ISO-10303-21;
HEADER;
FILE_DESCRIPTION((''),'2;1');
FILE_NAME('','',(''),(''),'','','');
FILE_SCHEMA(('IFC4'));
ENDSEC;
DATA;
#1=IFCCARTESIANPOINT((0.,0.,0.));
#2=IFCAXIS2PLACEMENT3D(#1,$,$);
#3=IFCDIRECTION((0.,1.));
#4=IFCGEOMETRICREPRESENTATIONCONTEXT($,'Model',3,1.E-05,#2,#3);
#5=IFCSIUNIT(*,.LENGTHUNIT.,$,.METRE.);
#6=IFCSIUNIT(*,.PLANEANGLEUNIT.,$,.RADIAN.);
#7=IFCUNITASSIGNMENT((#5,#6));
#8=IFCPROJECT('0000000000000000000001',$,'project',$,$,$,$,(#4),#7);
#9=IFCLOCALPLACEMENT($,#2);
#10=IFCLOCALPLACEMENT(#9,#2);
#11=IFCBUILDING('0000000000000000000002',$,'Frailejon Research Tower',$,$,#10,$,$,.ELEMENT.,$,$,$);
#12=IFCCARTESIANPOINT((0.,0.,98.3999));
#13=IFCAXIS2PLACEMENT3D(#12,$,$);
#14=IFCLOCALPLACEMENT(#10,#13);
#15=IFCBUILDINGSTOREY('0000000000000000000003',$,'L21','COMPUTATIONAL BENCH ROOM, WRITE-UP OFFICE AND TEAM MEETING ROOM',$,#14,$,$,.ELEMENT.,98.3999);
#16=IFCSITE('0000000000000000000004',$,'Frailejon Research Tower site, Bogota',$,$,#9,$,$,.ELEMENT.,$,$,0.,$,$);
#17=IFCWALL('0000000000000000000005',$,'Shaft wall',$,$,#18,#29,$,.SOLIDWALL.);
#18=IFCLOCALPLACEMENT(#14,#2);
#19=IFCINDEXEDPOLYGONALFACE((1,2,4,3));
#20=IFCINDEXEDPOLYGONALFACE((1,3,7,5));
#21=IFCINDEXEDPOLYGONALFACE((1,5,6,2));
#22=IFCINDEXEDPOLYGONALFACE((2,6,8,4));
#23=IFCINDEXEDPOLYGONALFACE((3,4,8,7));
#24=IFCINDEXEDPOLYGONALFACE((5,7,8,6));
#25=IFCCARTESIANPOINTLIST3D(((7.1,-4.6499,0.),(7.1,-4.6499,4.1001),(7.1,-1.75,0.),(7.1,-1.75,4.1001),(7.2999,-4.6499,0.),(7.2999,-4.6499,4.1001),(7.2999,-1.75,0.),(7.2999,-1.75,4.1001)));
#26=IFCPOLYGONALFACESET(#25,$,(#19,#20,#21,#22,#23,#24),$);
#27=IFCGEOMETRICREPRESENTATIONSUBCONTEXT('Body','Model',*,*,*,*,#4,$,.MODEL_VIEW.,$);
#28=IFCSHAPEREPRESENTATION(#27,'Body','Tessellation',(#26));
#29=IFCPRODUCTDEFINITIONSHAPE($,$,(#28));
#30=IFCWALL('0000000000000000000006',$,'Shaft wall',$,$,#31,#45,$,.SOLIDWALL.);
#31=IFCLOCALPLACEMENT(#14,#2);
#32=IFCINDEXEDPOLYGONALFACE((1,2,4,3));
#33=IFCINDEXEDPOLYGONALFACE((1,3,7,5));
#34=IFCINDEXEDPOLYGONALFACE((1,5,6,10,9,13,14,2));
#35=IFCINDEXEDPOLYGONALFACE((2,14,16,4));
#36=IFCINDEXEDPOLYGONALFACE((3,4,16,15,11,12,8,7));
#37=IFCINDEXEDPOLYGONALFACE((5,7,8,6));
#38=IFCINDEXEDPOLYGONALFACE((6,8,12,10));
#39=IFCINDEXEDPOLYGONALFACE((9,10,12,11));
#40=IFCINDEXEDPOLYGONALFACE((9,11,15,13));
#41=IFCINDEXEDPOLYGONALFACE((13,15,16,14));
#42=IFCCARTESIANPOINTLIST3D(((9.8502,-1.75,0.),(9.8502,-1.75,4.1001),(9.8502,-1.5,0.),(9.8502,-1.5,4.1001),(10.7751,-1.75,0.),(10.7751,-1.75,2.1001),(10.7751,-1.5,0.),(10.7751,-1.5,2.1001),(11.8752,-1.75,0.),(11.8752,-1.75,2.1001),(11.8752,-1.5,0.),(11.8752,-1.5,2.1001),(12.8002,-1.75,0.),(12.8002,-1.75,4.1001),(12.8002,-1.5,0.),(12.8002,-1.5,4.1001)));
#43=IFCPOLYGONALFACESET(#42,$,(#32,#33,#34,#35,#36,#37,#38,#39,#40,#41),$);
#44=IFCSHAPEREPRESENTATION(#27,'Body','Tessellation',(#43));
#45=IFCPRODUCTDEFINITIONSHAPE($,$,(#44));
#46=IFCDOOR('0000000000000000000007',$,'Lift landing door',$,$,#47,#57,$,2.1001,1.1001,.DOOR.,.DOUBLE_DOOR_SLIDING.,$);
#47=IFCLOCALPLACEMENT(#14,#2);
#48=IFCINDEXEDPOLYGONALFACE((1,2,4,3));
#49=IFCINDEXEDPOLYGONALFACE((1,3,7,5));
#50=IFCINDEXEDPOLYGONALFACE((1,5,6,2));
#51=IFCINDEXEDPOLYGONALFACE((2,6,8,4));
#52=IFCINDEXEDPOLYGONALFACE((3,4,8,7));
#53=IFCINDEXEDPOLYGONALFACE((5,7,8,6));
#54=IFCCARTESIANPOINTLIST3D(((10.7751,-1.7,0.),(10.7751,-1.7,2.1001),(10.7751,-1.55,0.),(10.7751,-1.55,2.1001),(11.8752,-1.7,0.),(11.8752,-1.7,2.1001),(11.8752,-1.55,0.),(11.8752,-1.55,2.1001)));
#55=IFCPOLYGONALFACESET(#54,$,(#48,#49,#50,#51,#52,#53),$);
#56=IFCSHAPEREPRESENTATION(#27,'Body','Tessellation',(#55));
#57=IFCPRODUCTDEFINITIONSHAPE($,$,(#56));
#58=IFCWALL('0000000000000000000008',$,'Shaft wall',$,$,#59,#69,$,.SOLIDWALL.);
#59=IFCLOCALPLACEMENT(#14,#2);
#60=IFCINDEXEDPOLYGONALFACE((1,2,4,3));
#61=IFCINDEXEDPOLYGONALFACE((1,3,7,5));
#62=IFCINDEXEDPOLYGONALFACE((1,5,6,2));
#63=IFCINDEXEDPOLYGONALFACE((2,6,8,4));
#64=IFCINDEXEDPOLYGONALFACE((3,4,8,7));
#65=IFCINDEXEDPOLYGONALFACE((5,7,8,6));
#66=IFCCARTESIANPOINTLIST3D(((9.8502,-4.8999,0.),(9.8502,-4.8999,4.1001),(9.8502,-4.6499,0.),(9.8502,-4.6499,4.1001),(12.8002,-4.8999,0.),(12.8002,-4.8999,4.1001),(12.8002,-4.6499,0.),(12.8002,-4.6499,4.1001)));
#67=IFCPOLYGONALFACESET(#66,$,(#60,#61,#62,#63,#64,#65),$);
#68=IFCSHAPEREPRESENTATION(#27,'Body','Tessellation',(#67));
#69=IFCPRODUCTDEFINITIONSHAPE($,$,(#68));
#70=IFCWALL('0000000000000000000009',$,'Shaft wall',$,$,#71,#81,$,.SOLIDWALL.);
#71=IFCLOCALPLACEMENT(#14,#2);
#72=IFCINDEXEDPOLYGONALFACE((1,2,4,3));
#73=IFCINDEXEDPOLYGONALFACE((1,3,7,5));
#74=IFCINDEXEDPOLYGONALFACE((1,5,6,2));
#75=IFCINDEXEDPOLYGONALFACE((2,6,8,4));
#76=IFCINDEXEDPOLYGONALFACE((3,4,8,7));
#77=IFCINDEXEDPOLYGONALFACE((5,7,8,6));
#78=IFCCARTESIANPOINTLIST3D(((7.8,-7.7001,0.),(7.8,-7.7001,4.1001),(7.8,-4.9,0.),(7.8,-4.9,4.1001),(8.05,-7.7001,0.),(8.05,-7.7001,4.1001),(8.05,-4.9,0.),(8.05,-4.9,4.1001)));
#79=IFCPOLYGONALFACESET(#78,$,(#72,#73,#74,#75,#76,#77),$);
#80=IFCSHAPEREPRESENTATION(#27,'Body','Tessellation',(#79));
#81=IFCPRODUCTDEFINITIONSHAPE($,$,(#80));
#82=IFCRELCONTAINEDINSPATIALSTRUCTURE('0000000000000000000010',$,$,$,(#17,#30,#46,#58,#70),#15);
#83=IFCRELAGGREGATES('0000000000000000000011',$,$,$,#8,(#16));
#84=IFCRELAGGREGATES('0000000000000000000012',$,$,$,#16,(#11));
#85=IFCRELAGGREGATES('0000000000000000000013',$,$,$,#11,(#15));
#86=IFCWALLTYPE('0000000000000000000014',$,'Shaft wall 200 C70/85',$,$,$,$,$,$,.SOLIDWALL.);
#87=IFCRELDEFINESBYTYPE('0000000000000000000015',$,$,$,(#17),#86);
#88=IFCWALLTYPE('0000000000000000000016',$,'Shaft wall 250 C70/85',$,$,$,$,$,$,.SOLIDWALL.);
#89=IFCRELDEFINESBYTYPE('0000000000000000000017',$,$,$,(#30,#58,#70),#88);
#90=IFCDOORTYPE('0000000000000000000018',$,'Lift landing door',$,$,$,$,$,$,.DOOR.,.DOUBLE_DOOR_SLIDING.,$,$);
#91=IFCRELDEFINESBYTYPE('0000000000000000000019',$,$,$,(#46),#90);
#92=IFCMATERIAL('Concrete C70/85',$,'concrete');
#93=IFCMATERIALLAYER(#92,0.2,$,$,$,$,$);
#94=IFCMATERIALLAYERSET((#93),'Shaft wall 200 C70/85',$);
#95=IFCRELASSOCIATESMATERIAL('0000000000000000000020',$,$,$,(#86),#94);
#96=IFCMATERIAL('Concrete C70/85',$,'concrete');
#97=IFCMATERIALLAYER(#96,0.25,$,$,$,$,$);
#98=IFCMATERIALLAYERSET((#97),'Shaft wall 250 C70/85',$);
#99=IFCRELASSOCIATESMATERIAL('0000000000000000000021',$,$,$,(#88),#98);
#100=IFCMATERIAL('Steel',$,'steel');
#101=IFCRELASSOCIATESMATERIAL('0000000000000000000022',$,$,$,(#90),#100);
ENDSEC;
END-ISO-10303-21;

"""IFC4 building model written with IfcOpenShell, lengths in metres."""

from ifc_helpers import new_model, si_unit, direction, frame, frame_2d, origin, place, context, subcontext, project, spatial, rectangle, extrude, material, layer, layer_set, type_object, element, fill, save


model = new_model("IFC4")

# Units and contexts
model_context = context("Model", 3, precision=1e-05, world=origin(), true_north=direction((0.0, 1.0)))
body_context = subcontext(model_context, "Body", "Model", "MODEL_VIEW")
ifc_project = project(units=[si_unit("LENGTHUNIT", "METRE"), si_unit("PLANEANGLEUNIT", "RADIAN")], contexts=[model_context])

# Site, building, storey
site_placement = place(None, origin())
site = spatial("IfcSite", under=ifc_project, at=site_placement, Name="Frailejon Research Tower site, Bogota", CompositionType="ELEMENT", RefElevation=0.0)
building_placement = place(site_placement, origin())
building = spatial("IfcBuilding", under=site, at=building_placement, Name="Frailejon Research Tower", CompositionType="ELEMENT")
storey_placement = place(building_placement, frame((0.0, 0.0, 98.3999)))
storey = spatial("IfcBuildingStorey", under=building, at=storey_placement, Name="L21", Description="COMPUTATIONAL BENCH ROOM, WRITE-UP OFFICE AND TEAM MEETING ROOM", CompositionType="ELEMENT", Elevation=98.3999)

# Wall
ifc_material_1 = material(Name="Concrete C70/85", Category="concrete")
ifc_layer_1 = layer(ifc_material_1, 0.2)
ifc_layer_set_1 = layer_set([ifc_layer_1], Name="Shaft wall 200 C70/85")
wall_type_1 = type_object("IfcWallType", Name="Shaft wall 200 C70/85", PredefinedType="SOLIDWALL", material=ifc_layer_set_1)
for number, where, z_axis, x_axis, name in (
    (1, (7.2, -4.6499, 0.0), (0.0, 0.0, 1.0), (0.0, 1.0, 0.0), "Shaft wall"),
):
    element("IfcWall", number, at=place(storey_placement, frame(where, z_axis=z_axis, x_axis=x_axis)), inside=storey, type_object=wall_type_1, Name=name, PredefinedType="SOLIDWALL", context=body_context, shape_type="SweptSolid", body=[
        extrude(rectangle(XDim=2.8999, YDim=0.2, at=frame_2d((1.45, 0.0))), origin(), (0.0, 0.0, 1.0), 4.1001),
    ])

# Wall, opening, door
ifc_material_2 = material(Name="Concrete C70/85", Category="concrete")
ifc_layer_2 = layer(ifc_material_2, 0.25)
ifc_layer_set_2 = layer_set([ifc_layer_2], Name="Shaft wall 250 C70/85")
wall_type_2 = type_object("IfcWallType", Name="Shaft wall 250 C70/85", PredefinedType="SOLIDWALL", material=ifc_layer_set_2)
wall_1_placement = place(storey_placement, frame((9.8501, -1.625, 0.0), z_axis=(0.0, 0.0, 1.0), x_axis=(1.0, 0.0, 0.0)))
wall_1 = element("IfcWall", 2, at=wall_1_placement, inside=storey, type_object=wall_type_2, Name="Shaft wall", PredefinedType="SOLIDWALL", context=body_context, shape_type="SweptSolid", body=[
    extrude(rectangle(XDim=2.95, YDim=0.25, at=frame_2d((1.4751, 0.0))), origin(), (0.0, 0.0, 1.0), 4.1001),
])
opening_1_placement = place(wall_1_placement, frame((0.925, 0.0, 0.0)))
opening_1 = element("IfcOpeningElement", 3, at=opening_1_placement, cuts=wall_1, PredefinedType="OPENING", context=body_context, shape_type="SweptSolid", body=[
    extrude(rectangle(XDim=1.1001, YDim=2.1001, at=frame_2d((0.55, 1.05))), frame((0.0, 0.135, 0.0), z_axis=(0.0, -1.0, 0.0), x_axis=(1.0, 0.0, 0.0)), (0.0, 0.0, 1.0), 0.27),
])
ifc_material_3 = material(Name="Steel", Category="steel")
door_type_1 = type_object("IfcDoorType", Name="Lift landing door", OperationType="DOUBLE_DOOR_SLIDING", PredefinedType="DOOR", material=ifc_material_3)
door_1_placement = place(opening_1_placement, origin())
door_1 = element("IfcDoor", 4, at=door_1_placement, inside=storey, type_object=door_type_1, Name="Lift landing door", OperationType="DOUBLE_DOOR_SLIDING", OverallHeight=2.1001, OverallWidth=1.1001, PredefinedType="DOOR", context=body_context, shape_type="SweptSolid", body=[
    extrude(rectangle(XDim=1.1001, YDim=2.1001, at=frame_2d((0.55, 1.05))), frame((0.0, 0.075, 0.0), z_axis=(0.0, -1.0, 0.0), x_axis=(1.0, 0.0, 0.0)), (0.0, 0.0, 1.0), 0.1499),
])
fill(opening_1, door_1)

# Walls
wall_2_placement = place(storey_placement, frame((9.8501, -4.7749, 0.0), z_axis=(0.0, 0.0, 1.0), x_axis=(1.0, 0.0, 0.0)))
element("IfcWall", 5, at=wall_2_placement, inside=storey, type_object=wall_type_2, Name="Shaft wall", PredefinedType="SOLIDWALL", context=body_context, shape_type="SweptSolid", body=[
    extrude(rectangle(XDim=2.95, YDim=0.25, at=frame_2d((1.4751, 0.0))), origin(), (0.0, 0.0, 1.0), 4.1001),
])
wall_3_placement = place(storey_placement, frame((7.925, -7.7, 0.0), z_axis=(0.0, 0.0, 1.0), x_axis=(0.0, 1.0, 0.0)))
element("IfcWall", 6, at=wall_3_placement, inside=storey, type_object=wall_type_2, Name="Shaft wall", PredefinedType="SOLIDWALL", context=body_context, shape_type="SweptSolid", body=[
    extrude(rectangle(XDim=2.8, YDim=0.25, at=frame_2d((1.3999, 0.0))), origin(), (0.0, 0.0, 1.0), 4.1001),
])

save(model, "model.ifc")
